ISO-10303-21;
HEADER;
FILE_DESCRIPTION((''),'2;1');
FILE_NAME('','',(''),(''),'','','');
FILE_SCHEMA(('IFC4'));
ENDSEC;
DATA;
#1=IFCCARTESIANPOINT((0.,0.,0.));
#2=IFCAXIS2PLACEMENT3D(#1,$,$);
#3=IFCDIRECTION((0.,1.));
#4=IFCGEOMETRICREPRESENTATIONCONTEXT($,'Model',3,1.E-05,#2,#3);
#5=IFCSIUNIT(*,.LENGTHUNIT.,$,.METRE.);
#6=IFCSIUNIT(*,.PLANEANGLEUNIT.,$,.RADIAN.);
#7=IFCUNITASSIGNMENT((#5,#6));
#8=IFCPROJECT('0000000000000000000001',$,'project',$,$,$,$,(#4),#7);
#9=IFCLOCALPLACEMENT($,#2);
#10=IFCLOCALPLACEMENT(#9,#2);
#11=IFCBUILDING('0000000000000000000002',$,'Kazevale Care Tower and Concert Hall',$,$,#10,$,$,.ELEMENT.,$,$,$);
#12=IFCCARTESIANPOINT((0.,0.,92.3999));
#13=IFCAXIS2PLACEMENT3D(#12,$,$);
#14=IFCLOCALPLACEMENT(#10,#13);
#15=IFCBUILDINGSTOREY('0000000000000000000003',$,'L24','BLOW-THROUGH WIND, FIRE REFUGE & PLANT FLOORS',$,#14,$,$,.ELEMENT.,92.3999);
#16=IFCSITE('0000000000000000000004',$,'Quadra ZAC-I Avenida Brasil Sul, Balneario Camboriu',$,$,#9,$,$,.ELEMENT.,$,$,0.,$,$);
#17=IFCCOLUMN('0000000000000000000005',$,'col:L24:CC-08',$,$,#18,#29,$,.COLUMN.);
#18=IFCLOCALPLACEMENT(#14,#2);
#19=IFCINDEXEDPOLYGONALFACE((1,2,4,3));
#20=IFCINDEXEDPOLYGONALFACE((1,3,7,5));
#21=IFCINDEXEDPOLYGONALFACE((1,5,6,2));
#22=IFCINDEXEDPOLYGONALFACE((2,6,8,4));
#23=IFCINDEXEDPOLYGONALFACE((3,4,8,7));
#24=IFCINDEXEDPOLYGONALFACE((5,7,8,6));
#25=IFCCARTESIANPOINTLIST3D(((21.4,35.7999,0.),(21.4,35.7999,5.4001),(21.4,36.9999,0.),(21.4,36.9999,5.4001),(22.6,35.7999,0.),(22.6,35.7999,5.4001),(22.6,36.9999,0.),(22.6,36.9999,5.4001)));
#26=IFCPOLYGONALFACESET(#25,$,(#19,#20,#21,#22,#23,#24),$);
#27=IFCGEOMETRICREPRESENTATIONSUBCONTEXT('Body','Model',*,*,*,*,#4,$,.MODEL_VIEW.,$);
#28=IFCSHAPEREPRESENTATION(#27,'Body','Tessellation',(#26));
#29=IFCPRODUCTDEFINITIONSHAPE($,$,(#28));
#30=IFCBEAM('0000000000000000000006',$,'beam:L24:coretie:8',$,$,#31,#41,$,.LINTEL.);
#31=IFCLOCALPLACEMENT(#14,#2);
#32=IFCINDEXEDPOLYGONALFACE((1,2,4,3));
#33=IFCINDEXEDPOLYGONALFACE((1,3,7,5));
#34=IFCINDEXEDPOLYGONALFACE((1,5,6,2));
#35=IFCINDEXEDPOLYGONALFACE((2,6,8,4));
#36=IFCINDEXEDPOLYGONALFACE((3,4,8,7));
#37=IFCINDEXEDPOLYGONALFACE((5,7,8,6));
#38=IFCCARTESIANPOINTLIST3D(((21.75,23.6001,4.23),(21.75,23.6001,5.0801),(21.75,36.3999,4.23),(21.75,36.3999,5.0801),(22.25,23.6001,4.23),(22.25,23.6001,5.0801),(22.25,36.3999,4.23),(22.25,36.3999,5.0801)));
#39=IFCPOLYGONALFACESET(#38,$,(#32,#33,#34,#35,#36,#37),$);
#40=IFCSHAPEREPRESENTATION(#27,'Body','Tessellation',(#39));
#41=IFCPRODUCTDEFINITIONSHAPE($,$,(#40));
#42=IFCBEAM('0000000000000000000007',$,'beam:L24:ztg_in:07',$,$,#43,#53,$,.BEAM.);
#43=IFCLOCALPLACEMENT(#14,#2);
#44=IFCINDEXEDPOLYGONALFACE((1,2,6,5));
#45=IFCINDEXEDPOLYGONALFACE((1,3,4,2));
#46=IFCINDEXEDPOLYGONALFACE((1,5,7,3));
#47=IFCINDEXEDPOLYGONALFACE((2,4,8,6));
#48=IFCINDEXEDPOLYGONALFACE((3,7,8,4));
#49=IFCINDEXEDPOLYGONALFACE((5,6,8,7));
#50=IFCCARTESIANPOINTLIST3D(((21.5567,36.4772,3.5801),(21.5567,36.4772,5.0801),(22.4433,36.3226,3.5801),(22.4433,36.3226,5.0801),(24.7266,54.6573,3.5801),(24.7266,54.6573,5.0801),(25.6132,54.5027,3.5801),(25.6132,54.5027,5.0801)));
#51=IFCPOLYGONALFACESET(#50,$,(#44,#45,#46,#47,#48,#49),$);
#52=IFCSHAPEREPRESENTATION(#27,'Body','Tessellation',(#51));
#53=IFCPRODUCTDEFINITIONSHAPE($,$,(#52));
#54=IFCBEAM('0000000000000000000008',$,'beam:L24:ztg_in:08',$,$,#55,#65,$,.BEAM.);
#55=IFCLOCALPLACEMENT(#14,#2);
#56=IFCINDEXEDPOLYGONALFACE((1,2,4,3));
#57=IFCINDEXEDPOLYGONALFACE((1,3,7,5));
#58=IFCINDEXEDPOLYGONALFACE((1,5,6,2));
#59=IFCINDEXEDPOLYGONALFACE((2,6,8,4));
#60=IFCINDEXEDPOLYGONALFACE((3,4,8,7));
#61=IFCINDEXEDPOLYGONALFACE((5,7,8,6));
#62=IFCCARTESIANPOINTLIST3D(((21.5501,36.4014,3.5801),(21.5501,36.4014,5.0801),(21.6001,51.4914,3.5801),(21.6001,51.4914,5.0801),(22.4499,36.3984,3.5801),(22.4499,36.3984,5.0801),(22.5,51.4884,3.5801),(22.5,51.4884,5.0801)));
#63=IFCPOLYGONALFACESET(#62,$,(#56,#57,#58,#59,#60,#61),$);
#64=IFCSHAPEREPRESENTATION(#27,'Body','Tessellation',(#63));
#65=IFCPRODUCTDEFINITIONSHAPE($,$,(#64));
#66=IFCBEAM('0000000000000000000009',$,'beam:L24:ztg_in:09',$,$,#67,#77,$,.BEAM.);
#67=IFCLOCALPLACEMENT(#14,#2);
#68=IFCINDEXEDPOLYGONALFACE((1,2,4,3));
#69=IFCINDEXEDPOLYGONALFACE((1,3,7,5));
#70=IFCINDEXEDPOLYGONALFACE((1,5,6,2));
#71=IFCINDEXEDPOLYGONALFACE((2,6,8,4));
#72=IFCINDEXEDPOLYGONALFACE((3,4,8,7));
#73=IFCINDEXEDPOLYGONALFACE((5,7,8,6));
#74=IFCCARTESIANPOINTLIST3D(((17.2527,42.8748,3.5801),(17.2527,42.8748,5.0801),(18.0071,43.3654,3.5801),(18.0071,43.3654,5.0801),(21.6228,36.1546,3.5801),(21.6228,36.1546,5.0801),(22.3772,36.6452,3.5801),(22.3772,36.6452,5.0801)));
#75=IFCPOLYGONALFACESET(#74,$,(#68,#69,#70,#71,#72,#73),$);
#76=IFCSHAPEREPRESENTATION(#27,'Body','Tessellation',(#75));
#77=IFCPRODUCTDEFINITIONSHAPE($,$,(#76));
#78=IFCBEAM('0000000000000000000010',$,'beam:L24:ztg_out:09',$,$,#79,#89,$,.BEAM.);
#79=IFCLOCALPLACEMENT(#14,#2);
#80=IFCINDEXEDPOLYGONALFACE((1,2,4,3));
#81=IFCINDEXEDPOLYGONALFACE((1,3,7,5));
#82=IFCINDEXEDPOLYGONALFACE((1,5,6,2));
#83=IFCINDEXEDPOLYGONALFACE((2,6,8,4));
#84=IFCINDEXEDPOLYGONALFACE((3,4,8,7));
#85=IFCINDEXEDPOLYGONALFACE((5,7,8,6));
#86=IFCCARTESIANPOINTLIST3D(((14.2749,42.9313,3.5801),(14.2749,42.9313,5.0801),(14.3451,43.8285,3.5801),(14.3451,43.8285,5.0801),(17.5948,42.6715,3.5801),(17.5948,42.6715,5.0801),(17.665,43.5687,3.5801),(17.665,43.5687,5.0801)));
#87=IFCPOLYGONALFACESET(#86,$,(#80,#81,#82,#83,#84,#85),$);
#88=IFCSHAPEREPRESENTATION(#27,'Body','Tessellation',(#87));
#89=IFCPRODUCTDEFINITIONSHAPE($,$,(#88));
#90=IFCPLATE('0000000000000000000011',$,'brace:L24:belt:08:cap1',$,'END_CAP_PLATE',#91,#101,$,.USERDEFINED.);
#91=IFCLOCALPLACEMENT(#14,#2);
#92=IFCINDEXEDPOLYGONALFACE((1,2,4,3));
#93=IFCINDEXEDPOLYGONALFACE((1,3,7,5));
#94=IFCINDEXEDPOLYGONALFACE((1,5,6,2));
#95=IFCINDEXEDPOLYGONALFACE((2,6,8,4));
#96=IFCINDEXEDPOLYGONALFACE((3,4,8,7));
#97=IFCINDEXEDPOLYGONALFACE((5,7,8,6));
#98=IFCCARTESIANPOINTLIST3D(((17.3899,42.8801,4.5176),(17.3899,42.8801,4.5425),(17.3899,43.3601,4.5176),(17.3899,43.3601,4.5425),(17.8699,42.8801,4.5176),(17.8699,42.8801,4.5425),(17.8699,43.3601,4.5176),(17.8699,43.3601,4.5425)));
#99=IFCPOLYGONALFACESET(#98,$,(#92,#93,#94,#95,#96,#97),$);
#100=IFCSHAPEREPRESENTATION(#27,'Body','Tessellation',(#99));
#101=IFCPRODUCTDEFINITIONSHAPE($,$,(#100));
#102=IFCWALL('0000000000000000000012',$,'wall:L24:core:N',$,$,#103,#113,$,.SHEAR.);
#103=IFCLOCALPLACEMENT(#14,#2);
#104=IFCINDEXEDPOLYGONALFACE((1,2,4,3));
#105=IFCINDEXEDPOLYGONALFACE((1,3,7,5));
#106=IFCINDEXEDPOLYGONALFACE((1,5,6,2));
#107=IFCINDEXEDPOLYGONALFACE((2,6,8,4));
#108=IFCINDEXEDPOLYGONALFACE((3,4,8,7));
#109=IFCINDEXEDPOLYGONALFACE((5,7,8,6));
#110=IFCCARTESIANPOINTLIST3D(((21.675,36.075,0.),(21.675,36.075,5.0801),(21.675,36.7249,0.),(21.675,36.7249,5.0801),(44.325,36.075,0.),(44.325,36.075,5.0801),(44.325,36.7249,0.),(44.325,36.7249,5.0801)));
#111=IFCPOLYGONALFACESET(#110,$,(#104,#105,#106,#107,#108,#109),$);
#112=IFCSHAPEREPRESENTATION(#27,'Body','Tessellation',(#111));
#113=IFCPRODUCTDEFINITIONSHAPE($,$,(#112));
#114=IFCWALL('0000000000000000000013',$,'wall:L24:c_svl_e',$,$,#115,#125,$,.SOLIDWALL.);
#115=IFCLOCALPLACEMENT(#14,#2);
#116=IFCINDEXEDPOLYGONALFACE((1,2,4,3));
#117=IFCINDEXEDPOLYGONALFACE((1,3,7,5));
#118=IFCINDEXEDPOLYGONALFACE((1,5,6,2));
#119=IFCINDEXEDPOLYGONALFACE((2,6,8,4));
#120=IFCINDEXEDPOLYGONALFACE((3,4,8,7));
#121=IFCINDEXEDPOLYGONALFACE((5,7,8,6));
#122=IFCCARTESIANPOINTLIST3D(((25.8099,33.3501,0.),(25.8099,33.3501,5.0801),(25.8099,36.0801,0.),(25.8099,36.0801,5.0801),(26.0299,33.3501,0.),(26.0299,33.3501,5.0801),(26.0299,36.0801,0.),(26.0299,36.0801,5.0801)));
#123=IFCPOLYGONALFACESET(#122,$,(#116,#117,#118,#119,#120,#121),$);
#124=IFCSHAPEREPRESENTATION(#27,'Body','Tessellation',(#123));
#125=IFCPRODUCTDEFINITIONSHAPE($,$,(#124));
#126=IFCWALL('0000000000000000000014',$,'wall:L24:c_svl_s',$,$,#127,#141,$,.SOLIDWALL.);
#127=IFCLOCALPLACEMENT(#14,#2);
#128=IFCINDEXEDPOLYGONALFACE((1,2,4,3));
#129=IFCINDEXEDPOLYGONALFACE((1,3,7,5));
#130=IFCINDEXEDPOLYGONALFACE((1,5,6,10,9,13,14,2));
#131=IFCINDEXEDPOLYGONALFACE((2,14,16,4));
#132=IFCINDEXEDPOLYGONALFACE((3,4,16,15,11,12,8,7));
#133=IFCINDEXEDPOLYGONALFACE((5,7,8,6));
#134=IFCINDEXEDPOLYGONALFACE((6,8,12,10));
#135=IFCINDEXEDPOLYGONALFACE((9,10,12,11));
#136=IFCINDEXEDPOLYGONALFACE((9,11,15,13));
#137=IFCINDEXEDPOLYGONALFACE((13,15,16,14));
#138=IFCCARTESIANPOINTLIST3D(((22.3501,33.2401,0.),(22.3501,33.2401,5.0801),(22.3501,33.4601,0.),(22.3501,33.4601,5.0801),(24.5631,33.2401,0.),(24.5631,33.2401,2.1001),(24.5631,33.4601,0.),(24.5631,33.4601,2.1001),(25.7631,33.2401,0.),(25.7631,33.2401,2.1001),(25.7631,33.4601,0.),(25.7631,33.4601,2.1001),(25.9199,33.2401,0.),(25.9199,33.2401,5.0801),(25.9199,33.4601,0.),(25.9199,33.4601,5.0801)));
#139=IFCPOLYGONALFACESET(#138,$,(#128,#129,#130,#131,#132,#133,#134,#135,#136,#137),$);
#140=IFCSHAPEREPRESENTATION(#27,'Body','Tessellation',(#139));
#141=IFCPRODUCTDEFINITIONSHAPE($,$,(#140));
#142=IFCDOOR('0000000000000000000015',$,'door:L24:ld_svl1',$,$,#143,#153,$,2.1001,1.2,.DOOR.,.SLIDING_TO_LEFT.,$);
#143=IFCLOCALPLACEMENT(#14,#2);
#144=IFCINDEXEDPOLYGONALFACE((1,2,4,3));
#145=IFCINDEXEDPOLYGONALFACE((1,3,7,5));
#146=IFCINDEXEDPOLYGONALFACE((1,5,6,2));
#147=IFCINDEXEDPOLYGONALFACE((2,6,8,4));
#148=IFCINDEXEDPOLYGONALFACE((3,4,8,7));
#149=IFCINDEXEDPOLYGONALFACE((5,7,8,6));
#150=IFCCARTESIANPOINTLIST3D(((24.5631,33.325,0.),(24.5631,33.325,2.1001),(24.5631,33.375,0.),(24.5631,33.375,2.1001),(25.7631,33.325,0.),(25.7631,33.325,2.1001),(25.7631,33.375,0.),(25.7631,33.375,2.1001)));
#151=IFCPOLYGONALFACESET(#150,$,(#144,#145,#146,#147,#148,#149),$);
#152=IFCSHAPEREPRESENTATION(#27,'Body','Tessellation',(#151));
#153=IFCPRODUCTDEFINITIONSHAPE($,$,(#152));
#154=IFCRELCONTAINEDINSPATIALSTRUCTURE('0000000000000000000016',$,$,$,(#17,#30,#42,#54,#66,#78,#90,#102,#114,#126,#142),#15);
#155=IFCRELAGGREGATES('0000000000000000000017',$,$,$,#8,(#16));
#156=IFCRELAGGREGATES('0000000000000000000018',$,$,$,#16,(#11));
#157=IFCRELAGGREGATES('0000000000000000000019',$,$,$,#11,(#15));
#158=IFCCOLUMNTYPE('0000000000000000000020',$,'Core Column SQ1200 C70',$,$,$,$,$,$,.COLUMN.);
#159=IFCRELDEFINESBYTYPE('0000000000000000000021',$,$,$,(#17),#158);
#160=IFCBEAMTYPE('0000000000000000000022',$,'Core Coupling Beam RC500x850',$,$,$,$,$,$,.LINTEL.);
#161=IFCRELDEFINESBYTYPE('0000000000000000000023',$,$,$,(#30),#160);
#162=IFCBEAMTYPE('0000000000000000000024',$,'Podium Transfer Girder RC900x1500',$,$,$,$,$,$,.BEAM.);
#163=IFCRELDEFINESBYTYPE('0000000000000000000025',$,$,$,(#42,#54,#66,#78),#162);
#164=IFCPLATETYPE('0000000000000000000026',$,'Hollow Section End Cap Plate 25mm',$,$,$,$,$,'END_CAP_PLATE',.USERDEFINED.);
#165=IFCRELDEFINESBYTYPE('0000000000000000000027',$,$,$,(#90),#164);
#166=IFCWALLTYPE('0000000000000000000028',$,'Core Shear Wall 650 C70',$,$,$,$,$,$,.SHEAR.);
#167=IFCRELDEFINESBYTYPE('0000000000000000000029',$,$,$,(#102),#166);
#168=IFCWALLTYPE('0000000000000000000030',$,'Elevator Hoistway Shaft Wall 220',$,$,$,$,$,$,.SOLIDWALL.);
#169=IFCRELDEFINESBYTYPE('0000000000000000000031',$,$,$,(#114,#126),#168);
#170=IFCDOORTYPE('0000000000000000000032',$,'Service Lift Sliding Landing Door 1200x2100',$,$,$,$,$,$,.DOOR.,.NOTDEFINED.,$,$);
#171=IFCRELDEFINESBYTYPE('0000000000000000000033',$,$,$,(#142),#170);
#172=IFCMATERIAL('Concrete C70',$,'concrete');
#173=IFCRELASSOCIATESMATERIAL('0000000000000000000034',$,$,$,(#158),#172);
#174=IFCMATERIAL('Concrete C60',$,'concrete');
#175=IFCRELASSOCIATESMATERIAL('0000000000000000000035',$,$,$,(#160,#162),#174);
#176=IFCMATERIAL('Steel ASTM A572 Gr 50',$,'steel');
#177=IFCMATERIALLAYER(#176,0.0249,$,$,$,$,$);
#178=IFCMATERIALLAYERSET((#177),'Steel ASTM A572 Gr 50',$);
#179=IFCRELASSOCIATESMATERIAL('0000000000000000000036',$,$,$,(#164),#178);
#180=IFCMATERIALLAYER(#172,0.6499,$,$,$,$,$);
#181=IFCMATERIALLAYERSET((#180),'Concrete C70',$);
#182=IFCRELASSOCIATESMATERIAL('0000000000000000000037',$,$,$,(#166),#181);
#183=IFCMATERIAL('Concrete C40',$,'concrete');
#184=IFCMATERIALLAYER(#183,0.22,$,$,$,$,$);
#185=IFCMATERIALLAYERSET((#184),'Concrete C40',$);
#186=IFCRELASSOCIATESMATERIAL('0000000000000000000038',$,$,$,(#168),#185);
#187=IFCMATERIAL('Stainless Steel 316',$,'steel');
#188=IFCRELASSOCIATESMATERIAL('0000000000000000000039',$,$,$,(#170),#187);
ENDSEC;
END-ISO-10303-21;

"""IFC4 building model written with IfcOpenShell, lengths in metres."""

from ifc_helpers import new_model, si_unit, direction, frame, frame_2d, origin, origin_2d, place, context, subcontext, project, spatial, rectangle, extrude, material, layer, layer_set, material_profile, profile_set, type_object, element, fill, save


model = new_model("IFC4")

# Units and contexts
model_context = context("Model", 3, precision=1e-05, world=origin(), true_north=direction((0.0, 1.0)))
body_context = subcontext(model_context, "Body", "Model", "MODEL_VIEW")
ifc_project = project(units=[si_unit("LENGTHUNIT", "METRE"), si_unit("PLANEANGLEUNIT", "RADIAN")], contexts=[model_context])

# Site, building, storey
site_placement = place(None, origin())
site = spatial("IfcSite", under=ifc_project, at=site_placement, Name="Quadra ZAC-I Avenida Brasil Sul, Balneario Camboriu", CompositionType="ELEMENT", RefElevation=0.0)
building_placement = place(site_placement, origin())
building = spatial("IfcBuilding", under=site, at=building_placement, Name="Kazevale Care Tower and Concert Hall", CompositionType="ELEMENT")
storey_placement = place(building_placement, frame((0.0, 0.0, 92.3999)))
storey = spatial("IfcBuildingStorey", under=building, at=storey_placement, Name="L24", Description="BLOW-THROUGH WIND, FIRE REFUGE & PLANT FLOORS", CompositionType="ELEMENT", Elevation=92.3999)

# Column
ifc_material_1 = material(Name="Concrete C70", Category="concrete")
ifc_material_profile_1 = material_profile(ifc_material_1, rectangle(XDim=1.2, YDim=1.2, at=origin_2d()), Name="RC-SQ1200")
ifc_profile_set_1 = profile_set([ifc_material_profile_1], Name="Concrete C70")
column_type = type_object("IfcColumnType", Name="Core Column SQ1200 C70", PredefinedType="COLUMN", material=ifc_profile_set_1)
column_placement = place(storey_placement, frame((22.0, 36.3999, 0.0), z_axis=(0.0, 0.0, 1.0), x_axis=(1.0, 0.0, 0.0)))
element("IfcColumn", 1, at=column_placement, inside=storey, type_object=column_type, Name="col:L24:CC-08", PredefinedType="COLUMN", context=body_context, shape_type="SweptSolid", body=[
    extrude(rectangle(XDim=1.2, YDim=1.2, at=origin_2d()), origin(), (0.0, 0.0, 1.0), 5.4001),
])

# Beams
ifc_material_2 = material(Name="Concrete C60", Category="concrete")
ifc_material_profile_2 = material_profile(ifc_material_2, rectangle(XDim=0.5, YDim=0.8501, at=origin_2d()), Name="RC-B500x850")
ifc_profile_set_2 = profile_set([ifc_material_profile_2], Name="Concrete C60")
beam_type_1 = type_object("IfcBeamType", Name="Core Coupling Beam RC500x850", PredefinedType="LINTEL", material=ifc_profile_set_2)
beam_1_placement = place(storey_placement, frame((22.0, 36.3999, 4.655), z_axis=(0.0, -1.0, 0.0), x_axis=(1.0, 0.0, 0.0)))
element("IfcBeam", 2, at=beam_1_placement, inside=storey, type_object=beam_type_1, Name="beam:L24:coretie:8", PredefinedType="LINTEL", context=body_context, shape_type="SweptSolid", body=[
    extrude(rectangle(XDim=0.5, YDim=0.8501, at=origin_2d()), origin(), (0.0, 0.0, 1.0), 12.7998),
])
ifc_material_profile_3 = material_profile(ifc_material_2, rectangle(XDim=0.8999, YDim=1.5, at=origin_2d()), Name="RC-TG900x1500")
ifc_profile_set_3 = profile_set([ifc_material_profile_3], Name="Concrete C60")
beam_type_2 = type_object("IfcBeamType", Name="Podium Transfer Girder RC900x1500", PredefinedType="BEAM", material=ifc_profile_set_3)
beam_2_placement = place(storey_placement, frame((22.0, 36.3999, 4.3301), z_axis=(0.17177, 0.985137, 0.0), x_axis=(-0.985137, 0.17177, 0.0)))
element("IfcBeam", 3, at=beam_2_placement, inside=storey, type_object=beam_type_2, Name="beam:L24:ztg_in:07", PredefinedType="BEAM", context=body_context, shape_type="SweptSolid", body=[
    extrude(rectangle(XDim=0.8999, YDim=1.5, at=origin_2d()), origin(), (0.0, 0.0, 1.0), 18.4543),
])
beam_3_placement = place(storey_placement, frame((22.0, 36.3999, 4.3301), z_axis=(0.003317, 0.999994, 0.0), x_axis=(-0.999994, 0.003317, 0.0)))
element("IfcBeam", 4, at=beam_3_placement, inside=storey, type_object=beam_type_2, Name="beam:L24:ztg_in:08", PredefinedType="BEAM", context=body_context, shape_type="SweptSolid", body=[
    extrude(rectangle(XDim=0.8999, YDim=1.5, at=origin_2d()), origin(), (0.0, 0.0, 1.0), 15.0901),
])
beam_4_placement = place(storey_placement, frame((22.0, 36.3999, 4.3301), z_axis=(-0.545162, 0.838331, 0.0), x_axis=(-0.838331, -0.545162, 0.0)))
element("IfcBeam", 5, at=beam_4_placement, inside=storey, type_object=beam_type_2, Name="beam:L24:ztg_in:09", PredefinedType="BEAM", context=body_context, shape_type="SweptSolid", body=[
    extrude(rectangle(XDim=0.8999, YDim=1.5, at=origin_2d()), origin(), (0.0, 0.0, 1.0), 8.0161),
])
beam_5_placement = place(storey_placement, frame((17.6299, 43.1201, 4.3301), z_axis=(-0.996953, 0.078008, 0.0), x_axis=(-0.078008, -0.996953, 0.0)))
element("IfcBeam", 6, at=beam_5_placement, inside=storey, type_object=beam_type_2, Name="beam:L24:ztg_out:09", PredefinedType="BEAM", context=body_context, shape_type="SweptSolid", body=[
    extrude(rectangle(XDim=0.8999, YDim=1.5, at=origin_2d()), origin(), (0.0, 0.0, 1.0), 3.3301),
])

# Plate
ifc_material_3 = material(Name="Steel ASTM A572 Gr 50", Category="steel")
ifc_layer_1 = layer(ifc_material_3, 0.0249)
ifc_layer_set_1 = layer_set([ifc_layer_1], Name="Steel ASTM A572 Gr 50")
plate_type = type_object("IfcPlateType", Name="Hollow Section End Cap Plate 25mm", ElementType="END_CAP_PLATE", PredefinedType="USERDEFINED", material=ifc_layer_set_1)
plate_placement = place(storey_placement, frame((17.6299, 43.1201, 4.5176), z_axis=(0.0, 0.0, 1.0), x_axis=(1.0, 0.0, 0.0)))
element("IfcPlate", 7, at=plate_placement, inside=storey, type_object=plate_type, Name="brace:L24:belt:08:cap1", ObjectType="END_CAP_PLATE", PredefinedType="USERDEFINED", context=body_context, shape_type="SweptSolid", body=[
    extrude(rectangle(XDim=0.48, YDim=0.48, at=origin_2d()), origin(), (0.0, 0.0, 1.0), 0.0249),
])

# Walls
ifc_layer_2 = layer(ifc_material_1, 0.6499)
ifc_layer_set_2 = layer_set([ifc_layer_2], Name="Concrete C70")
wall_type_1 = type_object("IfcWallType", Name="Core Shear Wall 650 C70", PredefinedType="SHEAR", material=ifc_layer_set_2)
wall_1_placement = place(storey_placement, frame((21.675, 36.3999, 0.0), z_axis=(0.0, 0.0, 1.0), x_axis=(1.0, 0.0, 0.0)))
element("IfcWall", 8, at=wall_1_placement, inside=storey, type_object=wall_type_1, Name="wall:L24:core:N", PredefinedType="SHEAR", context=body_context, shape_type="SweptSolid", body=[
    extrude(rectangle(XDim=22.6499, YDim=0.6499, at=frame_2d((11.325, 0.0))), origin(), (0.0, 0.0, 1.0), 5.0801),
])
ifc_material_4 = material(Name="Concrete C40", Category="concrete")
ifc_layer_3 = layer(ifc_material_4, 0.22)
ifc_layer_set_3 = layer_set([ifc_layer_3], Name="Concrete C40")
wall_type_2 = type_object("IfcWallType", Name="Elevator Hoistway Shaft Wall 220", PredefinedType="SOLIDWALL", material=ifc_layer_set_3)
wall_2_placement = place(storey_placement, frame((25.9199, 33.3501, 0.0), z_axis=(0.0, 0.0, 1.0), x_axis=(0.0, 1.0, 0.0)))
element("IfcWall", 9, at=wall_2_placement, inside=storey, type_object=wall_type_2, Name="wall:L24:c_svl_e", PredefinedType="SOLIDWALL", context=body_context, shape_type="SweptSolid", body=[
    extrude(rectangle(XDim=2.73, YDim=0.22, at=frame_2d((1.365, 0.0))), origin(), (0.0, 0.0, 1.0), 5.0801),
])

# Wall, opening, door
wall_3_placement = place(storey_placement, frame((22.3501, 33.3501, 0.0), z_axis=(0.0, 0.0, 1.0), x_axis=(1.0, 0.0, 0.0)))
wall_3 = element("IfcWall", 10, at=wall_3_placement, inside=storey, type_object=wall_type_2, Name="wall:L24:c_svl_s", PredefinedType="SOLIDWALL", context=body_context, shape_type="SweptSolid", body=[
    extrude(rectangle(XDim=3.5698, YDim=0.22, at=frame_2d((1.7849, 0.0))), origin(), (0.0, 0.0, 1.0), 5.0801),
])
opening_1_placement = place(wall_3_placement, frame((2.2129, 0.0, 0.0)))
opening_1 = element("IfcOpeningElement", 11, at=opening_1_placement, cuts=wall_3, PredefinedType="OPENING", context=body_context, shape_type="SweptSolid", body=[
    extrude(rectangle(XDim=1.2, YDim=2.1001, at=frame_2d((0.6001, 1.05))), frame((0.0, 0.1199, 0.0), z_axis=(0.0, -1.0, 0.0), x_axis=(1.0, 0.0, 0.0)), (0.0, 0.0, 1.0), 0.24),
])
ifc_material_5 = material(Name="Stainless Steel 316", Category="steel")
door_type_1 = type_object("IfcDoorType", Name="Service Lift Sliding Landing Door 1200x2100", OperationType="NOTDEFINED", PredefinedType="DOOR", material=ifc_material_5)
door_1_placement = place(opening_1_placement, origin())
door_1 = element("IfcDoor", 12, at=door_1_placement, inside=storey, type_object=door_type_1, Name="door:L24:ld_svl1", OperationType="SLIDING_TO_LEFT", OverallHeight=2.1001, OverallWidth=1.2, PredefinedType="DOOR", context=body_context, shape_type="SweptSolid", body=[
    extrude(rectangle(XDim=1.2, YDim=2.1001, at=frame_2d((0.6001, 1.05))), frame((0.0, 0.0249, 0.0), z_axis=(0.0, -1.0, 0.0), x_axis=(1.0, 0.0, 0.0)), (0.0, 0.0, 1.0), 0.05),
])
fill(opening_1, door_1)

save(model, "model.ifc")
